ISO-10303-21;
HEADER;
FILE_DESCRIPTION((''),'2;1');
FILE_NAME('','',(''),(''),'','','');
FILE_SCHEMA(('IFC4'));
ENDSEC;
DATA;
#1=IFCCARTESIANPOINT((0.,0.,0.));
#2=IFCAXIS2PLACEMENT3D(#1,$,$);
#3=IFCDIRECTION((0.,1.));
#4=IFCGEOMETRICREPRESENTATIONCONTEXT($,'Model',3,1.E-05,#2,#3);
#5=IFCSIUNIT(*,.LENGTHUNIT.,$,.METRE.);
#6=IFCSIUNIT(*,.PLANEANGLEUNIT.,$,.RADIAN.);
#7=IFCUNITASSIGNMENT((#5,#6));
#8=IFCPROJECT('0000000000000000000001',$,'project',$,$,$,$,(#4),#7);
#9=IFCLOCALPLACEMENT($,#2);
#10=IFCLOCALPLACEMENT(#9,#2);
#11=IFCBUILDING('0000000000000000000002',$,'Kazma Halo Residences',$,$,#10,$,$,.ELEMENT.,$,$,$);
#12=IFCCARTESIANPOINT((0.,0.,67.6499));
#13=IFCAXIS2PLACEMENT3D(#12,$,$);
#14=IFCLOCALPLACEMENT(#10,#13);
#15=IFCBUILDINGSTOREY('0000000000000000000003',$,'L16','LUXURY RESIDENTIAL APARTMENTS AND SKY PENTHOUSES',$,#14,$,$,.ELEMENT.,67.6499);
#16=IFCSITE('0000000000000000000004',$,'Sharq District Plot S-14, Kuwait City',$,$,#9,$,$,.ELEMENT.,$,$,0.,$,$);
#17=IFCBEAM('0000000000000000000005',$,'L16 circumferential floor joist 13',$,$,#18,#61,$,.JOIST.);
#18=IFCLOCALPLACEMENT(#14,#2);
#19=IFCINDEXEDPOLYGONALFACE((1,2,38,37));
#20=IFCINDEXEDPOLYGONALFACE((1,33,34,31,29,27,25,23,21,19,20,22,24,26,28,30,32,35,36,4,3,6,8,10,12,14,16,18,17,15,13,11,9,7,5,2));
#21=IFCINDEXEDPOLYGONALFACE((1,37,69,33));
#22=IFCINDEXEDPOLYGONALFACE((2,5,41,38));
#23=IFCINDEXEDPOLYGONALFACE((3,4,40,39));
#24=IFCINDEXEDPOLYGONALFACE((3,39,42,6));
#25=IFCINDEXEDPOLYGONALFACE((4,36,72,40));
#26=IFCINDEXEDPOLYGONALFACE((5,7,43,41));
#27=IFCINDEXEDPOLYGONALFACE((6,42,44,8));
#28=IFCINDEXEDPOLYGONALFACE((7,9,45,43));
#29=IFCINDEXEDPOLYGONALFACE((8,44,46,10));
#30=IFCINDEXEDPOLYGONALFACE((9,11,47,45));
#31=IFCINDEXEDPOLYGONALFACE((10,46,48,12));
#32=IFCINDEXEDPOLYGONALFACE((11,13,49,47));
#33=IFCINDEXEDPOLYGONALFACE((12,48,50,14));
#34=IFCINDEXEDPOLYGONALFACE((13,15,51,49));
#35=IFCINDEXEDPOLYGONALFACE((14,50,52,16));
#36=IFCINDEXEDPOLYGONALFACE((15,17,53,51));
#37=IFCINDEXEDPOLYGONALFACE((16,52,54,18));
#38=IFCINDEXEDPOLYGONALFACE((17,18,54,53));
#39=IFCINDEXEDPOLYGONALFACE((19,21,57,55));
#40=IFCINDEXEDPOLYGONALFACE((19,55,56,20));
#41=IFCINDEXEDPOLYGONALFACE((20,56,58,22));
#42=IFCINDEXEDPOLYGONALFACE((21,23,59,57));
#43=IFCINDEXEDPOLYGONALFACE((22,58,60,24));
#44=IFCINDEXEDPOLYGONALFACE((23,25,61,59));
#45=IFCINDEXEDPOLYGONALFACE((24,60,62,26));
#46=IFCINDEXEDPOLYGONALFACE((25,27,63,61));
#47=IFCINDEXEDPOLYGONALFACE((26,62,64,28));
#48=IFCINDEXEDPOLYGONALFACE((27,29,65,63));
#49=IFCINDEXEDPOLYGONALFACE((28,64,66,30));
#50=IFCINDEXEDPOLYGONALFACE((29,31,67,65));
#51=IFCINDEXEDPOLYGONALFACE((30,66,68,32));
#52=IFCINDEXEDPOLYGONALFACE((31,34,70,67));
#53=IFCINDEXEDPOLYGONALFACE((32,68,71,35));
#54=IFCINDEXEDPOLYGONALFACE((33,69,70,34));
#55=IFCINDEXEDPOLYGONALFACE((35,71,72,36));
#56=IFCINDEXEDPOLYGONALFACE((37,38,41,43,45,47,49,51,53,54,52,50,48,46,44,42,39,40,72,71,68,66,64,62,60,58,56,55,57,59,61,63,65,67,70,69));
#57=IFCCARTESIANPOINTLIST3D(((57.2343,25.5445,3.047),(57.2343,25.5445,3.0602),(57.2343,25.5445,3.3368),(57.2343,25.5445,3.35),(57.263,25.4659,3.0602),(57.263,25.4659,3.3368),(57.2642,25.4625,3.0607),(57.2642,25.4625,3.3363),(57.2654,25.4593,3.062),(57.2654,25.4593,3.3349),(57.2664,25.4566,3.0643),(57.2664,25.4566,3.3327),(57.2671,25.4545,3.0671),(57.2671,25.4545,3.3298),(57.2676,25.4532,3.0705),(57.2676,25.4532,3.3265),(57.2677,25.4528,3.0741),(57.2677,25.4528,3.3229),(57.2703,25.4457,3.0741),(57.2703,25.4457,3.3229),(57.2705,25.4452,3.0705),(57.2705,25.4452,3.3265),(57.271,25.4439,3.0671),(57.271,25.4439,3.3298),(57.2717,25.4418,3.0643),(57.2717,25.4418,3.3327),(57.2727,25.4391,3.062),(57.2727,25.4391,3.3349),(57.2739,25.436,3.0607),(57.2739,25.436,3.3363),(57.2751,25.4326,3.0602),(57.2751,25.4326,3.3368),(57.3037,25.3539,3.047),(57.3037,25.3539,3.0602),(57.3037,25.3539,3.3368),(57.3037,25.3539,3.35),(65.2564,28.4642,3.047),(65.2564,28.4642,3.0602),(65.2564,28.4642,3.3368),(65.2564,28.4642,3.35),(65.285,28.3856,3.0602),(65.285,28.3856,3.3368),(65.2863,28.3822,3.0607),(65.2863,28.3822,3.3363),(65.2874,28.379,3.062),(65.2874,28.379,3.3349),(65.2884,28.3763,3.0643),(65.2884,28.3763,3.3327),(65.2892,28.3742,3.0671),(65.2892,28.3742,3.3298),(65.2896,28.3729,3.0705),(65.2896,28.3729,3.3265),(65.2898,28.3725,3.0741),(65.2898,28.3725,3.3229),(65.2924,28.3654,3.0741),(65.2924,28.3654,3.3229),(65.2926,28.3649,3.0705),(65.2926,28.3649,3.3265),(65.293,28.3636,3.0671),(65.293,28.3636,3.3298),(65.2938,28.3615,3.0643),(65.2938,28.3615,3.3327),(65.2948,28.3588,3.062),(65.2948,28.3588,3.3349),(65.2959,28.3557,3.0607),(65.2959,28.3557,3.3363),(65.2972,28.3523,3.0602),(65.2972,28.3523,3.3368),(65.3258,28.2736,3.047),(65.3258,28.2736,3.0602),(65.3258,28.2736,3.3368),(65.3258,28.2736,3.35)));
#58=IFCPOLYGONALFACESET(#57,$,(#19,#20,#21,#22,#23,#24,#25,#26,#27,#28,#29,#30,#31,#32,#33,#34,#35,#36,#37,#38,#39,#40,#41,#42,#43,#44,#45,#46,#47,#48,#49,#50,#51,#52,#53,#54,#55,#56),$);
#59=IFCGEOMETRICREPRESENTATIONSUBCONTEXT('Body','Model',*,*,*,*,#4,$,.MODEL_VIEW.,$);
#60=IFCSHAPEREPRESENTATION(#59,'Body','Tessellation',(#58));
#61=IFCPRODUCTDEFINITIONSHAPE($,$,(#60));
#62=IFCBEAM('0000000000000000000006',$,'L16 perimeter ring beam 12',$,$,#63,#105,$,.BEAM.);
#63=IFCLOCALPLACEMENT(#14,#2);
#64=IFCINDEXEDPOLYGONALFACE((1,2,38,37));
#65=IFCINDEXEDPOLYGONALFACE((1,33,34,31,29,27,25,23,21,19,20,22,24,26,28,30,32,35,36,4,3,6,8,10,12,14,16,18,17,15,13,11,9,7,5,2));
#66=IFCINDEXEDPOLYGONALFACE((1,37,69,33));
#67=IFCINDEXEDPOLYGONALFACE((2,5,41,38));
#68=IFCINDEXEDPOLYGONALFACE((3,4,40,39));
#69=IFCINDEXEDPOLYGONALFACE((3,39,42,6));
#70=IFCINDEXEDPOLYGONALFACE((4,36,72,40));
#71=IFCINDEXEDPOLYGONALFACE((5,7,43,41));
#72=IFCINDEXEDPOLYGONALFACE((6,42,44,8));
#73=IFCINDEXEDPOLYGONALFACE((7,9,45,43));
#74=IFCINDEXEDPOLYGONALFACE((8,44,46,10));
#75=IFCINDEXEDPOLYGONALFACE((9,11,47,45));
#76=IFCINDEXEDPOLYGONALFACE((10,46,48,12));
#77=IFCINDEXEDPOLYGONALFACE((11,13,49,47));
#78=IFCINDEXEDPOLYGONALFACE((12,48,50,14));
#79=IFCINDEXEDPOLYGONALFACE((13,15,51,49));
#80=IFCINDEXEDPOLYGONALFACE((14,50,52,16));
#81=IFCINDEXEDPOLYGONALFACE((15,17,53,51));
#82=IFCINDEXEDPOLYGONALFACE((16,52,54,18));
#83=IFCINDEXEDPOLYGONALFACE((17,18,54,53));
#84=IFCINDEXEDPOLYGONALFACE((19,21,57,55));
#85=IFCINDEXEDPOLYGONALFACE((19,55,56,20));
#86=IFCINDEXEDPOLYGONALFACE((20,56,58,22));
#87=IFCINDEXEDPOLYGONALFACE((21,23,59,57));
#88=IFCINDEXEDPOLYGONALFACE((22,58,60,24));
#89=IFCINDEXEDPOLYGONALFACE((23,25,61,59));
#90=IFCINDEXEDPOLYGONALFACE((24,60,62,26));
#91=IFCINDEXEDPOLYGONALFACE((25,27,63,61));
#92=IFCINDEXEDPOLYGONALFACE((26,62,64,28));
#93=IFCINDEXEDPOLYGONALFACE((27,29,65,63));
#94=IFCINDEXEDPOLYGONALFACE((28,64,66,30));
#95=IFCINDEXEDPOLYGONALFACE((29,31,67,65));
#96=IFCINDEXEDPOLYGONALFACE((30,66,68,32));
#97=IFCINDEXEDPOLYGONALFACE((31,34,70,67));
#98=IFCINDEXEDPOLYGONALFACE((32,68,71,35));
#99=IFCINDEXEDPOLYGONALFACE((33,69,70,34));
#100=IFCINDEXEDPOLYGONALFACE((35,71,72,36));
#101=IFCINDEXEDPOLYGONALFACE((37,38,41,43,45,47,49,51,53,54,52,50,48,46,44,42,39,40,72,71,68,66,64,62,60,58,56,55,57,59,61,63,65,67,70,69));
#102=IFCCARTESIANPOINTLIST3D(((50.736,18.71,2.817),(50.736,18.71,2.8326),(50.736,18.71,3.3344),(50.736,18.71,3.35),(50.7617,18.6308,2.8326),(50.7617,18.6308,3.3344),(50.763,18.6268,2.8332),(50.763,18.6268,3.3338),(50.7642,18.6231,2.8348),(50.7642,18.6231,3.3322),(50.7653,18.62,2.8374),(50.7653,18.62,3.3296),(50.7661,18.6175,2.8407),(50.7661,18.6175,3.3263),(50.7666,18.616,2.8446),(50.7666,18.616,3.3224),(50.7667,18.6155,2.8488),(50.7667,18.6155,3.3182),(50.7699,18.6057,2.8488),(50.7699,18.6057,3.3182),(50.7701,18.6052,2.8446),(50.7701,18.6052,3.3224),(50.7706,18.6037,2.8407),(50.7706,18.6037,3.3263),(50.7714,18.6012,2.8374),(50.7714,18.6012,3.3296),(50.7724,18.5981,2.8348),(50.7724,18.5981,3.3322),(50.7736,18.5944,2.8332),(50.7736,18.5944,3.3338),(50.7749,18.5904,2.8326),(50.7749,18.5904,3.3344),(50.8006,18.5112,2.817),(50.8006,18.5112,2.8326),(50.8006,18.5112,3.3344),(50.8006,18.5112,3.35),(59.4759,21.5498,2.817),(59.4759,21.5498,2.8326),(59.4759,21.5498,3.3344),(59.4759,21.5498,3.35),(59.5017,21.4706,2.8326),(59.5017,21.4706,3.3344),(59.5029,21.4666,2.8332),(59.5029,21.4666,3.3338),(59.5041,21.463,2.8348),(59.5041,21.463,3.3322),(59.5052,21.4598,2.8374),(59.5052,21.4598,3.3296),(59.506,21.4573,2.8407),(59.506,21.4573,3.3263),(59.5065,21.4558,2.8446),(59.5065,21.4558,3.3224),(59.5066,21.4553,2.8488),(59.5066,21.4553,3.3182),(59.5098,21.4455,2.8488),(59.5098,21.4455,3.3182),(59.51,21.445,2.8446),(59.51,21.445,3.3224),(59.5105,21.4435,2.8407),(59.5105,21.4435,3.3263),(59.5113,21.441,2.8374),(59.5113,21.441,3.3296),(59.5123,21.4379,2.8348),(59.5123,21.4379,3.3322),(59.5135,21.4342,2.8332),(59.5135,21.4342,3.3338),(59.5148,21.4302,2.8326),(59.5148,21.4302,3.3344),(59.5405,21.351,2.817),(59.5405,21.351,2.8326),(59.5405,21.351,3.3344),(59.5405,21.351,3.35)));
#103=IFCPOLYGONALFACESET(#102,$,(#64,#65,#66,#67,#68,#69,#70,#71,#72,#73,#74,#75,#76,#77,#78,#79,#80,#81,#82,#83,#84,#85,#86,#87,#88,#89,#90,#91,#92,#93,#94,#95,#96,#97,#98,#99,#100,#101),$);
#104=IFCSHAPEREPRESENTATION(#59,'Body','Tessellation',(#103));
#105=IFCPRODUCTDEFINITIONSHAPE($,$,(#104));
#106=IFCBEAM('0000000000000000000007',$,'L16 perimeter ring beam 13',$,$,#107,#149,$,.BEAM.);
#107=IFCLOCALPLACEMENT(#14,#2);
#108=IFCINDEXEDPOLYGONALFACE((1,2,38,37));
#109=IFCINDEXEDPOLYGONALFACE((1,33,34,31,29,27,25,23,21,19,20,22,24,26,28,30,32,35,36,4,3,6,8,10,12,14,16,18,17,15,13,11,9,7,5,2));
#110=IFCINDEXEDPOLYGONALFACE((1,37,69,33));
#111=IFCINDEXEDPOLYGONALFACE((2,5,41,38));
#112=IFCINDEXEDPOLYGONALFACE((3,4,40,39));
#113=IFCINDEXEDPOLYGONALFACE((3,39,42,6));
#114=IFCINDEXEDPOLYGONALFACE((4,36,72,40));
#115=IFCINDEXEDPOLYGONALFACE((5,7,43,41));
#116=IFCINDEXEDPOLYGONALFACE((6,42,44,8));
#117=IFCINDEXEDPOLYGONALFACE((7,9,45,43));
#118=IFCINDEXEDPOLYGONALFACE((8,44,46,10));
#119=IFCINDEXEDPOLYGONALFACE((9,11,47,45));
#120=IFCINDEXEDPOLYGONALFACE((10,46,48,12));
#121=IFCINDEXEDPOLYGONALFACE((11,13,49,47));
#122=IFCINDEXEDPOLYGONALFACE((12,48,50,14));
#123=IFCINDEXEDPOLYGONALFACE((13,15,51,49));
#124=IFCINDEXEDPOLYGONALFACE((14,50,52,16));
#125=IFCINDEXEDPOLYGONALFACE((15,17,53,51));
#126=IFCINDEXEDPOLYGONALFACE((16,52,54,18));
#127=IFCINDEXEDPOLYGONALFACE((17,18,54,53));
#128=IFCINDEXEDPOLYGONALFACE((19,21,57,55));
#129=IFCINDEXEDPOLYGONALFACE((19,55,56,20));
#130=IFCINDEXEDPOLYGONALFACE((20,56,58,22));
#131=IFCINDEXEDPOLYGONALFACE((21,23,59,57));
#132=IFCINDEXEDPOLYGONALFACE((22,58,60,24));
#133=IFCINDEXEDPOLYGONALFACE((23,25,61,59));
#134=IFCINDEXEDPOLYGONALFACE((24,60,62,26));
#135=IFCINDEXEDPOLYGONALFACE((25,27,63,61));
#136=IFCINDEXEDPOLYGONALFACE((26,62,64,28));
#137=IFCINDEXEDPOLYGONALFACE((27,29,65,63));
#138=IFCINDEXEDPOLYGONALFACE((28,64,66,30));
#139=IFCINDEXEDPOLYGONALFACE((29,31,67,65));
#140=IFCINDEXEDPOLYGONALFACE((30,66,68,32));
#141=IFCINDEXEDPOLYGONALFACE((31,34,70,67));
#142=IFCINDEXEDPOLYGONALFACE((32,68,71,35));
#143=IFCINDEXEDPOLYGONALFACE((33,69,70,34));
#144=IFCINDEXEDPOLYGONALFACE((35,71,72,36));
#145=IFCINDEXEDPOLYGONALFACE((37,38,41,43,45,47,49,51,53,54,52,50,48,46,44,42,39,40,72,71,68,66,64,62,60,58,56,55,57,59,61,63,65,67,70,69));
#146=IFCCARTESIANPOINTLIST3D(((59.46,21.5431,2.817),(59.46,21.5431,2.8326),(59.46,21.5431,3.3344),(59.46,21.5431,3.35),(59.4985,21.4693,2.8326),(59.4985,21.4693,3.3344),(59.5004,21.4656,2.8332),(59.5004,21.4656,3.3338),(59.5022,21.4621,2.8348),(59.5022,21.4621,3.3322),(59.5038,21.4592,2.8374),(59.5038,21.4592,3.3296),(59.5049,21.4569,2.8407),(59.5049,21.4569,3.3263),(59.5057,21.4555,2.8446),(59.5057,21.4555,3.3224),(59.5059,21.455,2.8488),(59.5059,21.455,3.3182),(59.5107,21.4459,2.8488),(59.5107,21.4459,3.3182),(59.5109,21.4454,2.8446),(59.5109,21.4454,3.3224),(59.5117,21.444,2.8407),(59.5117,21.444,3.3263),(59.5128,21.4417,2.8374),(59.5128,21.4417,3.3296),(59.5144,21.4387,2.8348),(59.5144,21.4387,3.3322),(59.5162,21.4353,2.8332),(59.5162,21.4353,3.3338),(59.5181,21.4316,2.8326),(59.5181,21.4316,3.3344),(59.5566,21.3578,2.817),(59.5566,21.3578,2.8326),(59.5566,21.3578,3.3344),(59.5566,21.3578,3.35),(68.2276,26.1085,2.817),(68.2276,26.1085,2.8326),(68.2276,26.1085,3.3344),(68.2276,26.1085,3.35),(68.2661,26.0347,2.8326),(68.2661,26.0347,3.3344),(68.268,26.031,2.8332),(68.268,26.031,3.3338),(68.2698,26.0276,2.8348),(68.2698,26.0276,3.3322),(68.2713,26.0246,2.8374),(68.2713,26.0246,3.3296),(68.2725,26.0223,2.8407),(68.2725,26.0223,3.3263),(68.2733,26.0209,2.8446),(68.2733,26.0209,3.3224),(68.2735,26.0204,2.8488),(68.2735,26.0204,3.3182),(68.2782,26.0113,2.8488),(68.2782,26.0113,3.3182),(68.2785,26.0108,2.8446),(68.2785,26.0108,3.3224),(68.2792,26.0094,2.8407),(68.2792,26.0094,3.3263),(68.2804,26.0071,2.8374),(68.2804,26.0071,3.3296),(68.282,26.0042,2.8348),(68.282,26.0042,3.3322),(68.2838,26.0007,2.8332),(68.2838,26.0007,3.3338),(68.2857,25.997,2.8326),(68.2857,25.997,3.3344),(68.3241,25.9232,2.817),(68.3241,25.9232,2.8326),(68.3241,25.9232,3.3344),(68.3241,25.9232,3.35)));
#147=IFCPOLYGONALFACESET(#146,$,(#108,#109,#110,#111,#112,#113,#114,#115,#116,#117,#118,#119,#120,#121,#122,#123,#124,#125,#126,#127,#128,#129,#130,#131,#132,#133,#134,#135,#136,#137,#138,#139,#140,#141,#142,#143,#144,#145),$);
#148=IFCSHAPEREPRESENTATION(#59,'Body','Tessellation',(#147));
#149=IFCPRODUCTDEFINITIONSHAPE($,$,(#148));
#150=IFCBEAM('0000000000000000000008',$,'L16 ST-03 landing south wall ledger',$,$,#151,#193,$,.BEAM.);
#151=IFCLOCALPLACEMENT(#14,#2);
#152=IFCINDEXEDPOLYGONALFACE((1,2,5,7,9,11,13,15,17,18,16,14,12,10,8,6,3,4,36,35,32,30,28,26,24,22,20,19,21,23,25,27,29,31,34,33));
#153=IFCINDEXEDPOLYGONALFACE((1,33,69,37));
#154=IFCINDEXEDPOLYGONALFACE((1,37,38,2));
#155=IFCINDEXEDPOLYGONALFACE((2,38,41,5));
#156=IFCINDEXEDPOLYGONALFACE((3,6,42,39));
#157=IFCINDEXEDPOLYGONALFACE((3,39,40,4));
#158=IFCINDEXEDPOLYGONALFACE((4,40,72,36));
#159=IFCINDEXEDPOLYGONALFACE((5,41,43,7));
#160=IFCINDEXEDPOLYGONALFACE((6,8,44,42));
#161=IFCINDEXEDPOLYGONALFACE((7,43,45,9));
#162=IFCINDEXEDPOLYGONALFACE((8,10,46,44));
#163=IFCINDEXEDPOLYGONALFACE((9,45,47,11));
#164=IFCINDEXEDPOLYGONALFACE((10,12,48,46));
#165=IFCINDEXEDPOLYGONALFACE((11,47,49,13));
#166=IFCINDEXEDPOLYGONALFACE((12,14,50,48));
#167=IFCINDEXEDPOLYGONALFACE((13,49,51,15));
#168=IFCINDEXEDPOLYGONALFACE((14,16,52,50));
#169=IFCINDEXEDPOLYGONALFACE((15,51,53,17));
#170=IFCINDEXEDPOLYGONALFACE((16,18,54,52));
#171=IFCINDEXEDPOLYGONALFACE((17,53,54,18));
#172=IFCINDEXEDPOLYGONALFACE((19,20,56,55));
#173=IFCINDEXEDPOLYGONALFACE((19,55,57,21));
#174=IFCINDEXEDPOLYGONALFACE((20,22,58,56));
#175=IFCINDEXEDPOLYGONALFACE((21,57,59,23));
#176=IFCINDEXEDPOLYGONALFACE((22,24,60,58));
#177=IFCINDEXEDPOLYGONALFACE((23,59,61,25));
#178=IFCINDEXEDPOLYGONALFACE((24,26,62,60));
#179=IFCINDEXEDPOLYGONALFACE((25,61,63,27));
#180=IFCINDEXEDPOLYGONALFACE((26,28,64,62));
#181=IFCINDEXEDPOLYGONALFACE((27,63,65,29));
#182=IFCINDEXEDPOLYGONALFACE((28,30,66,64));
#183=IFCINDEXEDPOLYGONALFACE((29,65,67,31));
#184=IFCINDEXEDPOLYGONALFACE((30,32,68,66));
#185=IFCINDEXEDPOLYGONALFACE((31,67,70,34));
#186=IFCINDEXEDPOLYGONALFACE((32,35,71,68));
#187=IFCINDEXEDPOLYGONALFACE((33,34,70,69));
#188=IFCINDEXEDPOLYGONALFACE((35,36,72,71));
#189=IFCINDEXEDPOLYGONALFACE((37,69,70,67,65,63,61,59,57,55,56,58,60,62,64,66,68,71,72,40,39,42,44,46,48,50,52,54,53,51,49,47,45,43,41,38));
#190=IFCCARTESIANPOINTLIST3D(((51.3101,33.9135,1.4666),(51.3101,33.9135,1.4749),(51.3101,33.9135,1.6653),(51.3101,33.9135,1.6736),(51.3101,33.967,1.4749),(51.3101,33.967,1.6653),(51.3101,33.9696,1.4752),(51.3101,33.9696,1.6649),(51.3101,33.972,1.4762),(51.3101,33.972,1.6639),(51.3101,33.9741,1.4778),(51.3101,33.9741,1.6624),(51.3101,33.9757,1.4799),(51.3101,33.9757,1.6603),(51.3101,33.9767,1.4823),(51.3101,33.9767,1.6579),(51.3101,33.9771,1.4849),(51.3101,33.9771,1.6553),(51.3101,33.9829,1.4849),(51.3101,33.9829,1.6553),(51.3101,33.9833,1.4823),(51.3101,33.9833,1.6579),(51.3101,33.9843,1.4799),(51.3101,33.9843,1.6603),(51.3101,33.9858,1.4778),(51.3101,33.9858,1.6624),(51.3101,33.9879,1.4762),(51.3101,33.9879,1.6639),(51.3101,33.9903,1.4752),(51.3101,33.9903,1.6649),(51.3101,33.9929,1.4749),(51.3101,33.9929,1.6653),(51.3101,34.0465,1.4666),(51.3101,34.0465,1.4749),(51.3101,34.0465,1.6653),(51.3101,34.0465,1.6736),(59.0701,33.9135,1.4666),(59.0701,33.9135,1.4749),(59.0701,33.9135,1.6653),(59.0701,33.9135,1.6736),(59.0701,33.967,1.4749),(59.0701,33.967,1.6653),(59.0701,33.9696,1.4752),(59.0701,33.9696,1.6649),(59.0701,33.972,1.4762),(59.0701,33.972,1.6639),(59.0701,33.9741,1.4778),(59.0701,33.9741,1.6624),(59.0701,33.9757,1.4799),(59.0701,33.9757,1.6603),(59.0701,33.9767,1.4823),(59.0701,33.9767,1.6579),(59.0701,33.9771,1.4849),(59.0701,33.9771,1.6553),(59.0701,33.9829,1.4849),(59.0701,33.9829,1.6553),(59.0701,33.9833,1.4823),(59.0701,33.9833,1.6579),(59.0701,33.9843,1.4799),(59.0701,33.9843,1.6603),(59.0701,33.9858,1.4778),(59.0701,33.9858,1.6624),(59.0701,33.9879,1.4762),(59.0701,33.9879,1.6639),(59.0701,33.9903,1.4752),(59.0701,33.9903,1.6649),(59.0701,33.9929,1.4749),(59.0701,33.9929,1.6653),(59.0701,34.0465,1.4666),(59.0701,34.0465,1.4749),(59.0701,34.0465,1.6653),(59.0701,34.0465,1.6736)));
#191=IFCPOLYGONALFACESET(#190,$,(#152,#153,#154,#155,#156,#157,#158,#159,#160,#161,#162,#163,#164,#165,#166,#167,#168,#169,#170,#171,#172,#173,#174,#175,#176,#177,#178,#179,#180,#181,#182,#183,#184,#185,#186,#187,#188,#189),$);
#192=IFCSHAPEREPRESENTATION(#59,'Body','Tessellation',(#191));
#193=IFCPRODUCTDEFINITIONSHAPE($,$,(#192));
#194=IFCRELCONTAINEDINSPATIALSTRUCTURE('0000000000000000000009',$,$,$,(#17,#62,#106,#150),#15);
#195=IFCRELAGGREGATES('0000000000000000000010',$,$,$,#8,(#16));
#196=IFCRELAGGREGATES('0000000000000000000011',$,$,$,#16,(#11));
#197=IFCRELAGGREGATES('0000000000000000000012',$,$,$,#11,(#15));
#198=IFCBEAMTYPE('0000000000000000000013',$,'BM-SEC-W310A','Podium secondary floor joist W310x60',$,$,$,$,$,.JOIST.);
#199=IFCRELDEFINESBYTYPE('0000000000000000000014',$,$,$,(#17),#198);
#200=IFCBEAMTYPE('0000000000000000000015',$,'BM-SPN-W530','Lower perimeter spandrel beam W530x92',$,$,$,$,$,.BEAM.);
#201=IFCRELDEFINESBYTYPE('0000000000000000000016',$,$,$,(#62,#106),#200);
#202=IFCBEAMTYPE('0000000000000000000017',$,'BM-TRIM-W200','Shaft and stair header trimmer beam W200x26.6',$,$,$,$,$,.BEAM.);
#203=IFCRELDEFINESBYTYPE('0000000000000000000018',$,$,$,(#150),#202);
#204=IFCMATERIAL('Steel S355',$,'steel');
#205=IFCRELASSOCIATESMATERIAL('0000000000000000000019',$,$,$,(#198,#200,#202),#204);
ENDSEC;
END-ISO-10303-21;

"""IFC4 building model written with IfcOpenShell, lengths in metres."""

from ifc_helpers import new_model, si_unit, direction, frame, origin, origin_2d, place, context, subcontext, project, spatial, i_section, extrude, material, material_profile, profile_set, type_object, element, save


model = new_model("IFC4")

# Units and contexts
model_context = context("Model", 3, precision=1e-05, world=origin(), true_north=direction((0.0, 1.0)))
body_context = subcontext(model_context, "Body", "Model", "MODEL_VIEW")
ifc_project = project(units=[si_unit("LENGTHUNIT", "METRE"), si_unit("PLANEANGLEUNIT", "RADIAN")], contexts=[model_context])

# Site, building, storey
site_placement = place(None, origin())
site = spatial("IfcSite", under=ifc_project, at=site_placement, Name="Sharq District Plot S-14, Kuwait City", CompositionType="ELEMENT", RefElevation=0.0)
building_placement = place(site_placement, origin())
building = spatial("IfcBuilding", under=site, at=building_placement, Name="Kazma Halo Residences", CompositionType="ELEMENT")
storey_placement = place(building_placement, frame((0.0, 0.0, 67.6499)))
storey = spatial("IfcBuildingStorey", under=building, at=storey_placement, Name="L16", Description="LUXURY RESIDENTIAL APARTMENTS AND SKY PENTHOUSES", CompositionType="ELEMENT", Elevation=67.6499)

# Beams
ifc_material_1 = material(Name="Steel S355", Category="steel")
ifc_material_profile_1 = material_profile(ifc_material_1, i_section(OverallWidth=0.2029, OverallDepth=0.303, WebThickness=0.0076, FlangeThickness=0.0132, FilletRadius=0.0139, at=origin_2d()), Name="W310x60")
ifc_profile_set_1 = profile_set([ifc_material_profile_1], Name="Steel S355")
beam_type_1 = type_object("IfcBeamType", Name="BM-SEC-W310A", Description="Podium secondary floor joist W310x60", PredefinedType="JOIST", material=ifc_profile_set_1)
beam_1_placement = place(storey_placement, frame((57.269, 25.4492, 3.1985), z_axis=(0.939696, 0.342012, 0.0), x_axis=(-0.342012, 0.939696, 0.0)))
element("IfcBeam", 1, at=beam_1_placement, inside=storey, type_object=beam_type_1, Name="L16 circumferential floor joist 13", PredefinedType="JOIST", context=body_context, shape_type="SweptSolid", body=[
    extrude(i_section(OverallWidth=0.2029, OverallDepth=0.303, WebThickness=0.0076, FlangeThickness=0.0132, FilletRadius=0.0139, at=origin_2d()), origin(), (0.0, 0.0, 1.0), 8.5369),
])
ifc_material_profile_2 = material_profile(ifc_material_1, i_section(OverallWidth=0.209, OverallDepth=0.533, WebThickness=0.0103, FlangeThickness=0.0156, FilletRadius=0.0161, at=origin_2d()), Name="W530x92")
ifc_profile_set_2 = profile_set([ifc_material_profile_2], Name="Steel S355")
beam_type_2 = type_object("IfcBeamType", Name="BM-SPN-W530", Description="Lower perimeter spandrel beam W530x92", PredefinedType="BEAM", material=ifc_profile_set_2)
beam_2_placement = place(storey_placement, frame((50.7683, 18.6106, 3.0835), z_axis=(0.951055, 0.309022, 0.0), x_axis=(-0.309022, 0.951055, 0.0)))
element("IfcBeam", 2, at=beam_2_placement, inside=storey, type_object=beam_type_2, Name="L16 perimeter ring beam 12", PredefinedType="BEAM", context=body_context, shape_type="SweptSolid", body=[
    extrude(i_section(OverallWidth=0.209, OverallDepth=0.533, WebThickness=0.0103, FlangeThickness=0.0156, FilletRadius=0.0161, at=origin_2d()), origin(), (0.0, 0.0, 1.0), 9.1897),
])
beam_3_placement = place(storey_placement, frame((59.5083, 21.4504, 3.0835), z_axis=(0.886956, 0.461853, 0.0), x_axis=(-0.461853, 0.886956, 0.0)))
element("IfcBeam", 3, at=beam_3_placement, inside=storey, type_object=beam_type_2, Name="L16 perimeter ring beam 13", PredefinedType="BEAM", context=body_context, shape_type="SweptSolid", body=[
    extrude(i_section(OverallWidth=0.209, OverallDepth=0.533, WebThickness=0.0103, FlangeThickness=0.0156, FilletRadius=0.0161, at=origin_2d()), origin(), (0.0, 0.0, 1.0), 9.885),
])
ifc_material_profile_3 = material_profile(ifc_material_1, i_section(OverallWidth=0.1331, OverallDepth=0.207, WebThickness=0.0059, FlangeThickness=0.0083, FilletRadius=0.01, at=origin_2d()), Name="W200x26.6")
ifc_profile_set_3 = profile_set([ifc_material_profile_3], Name="Steel S355")
beam_type_3 = type_object("IfcBeamType", Name="BM-TRIM-W200", Description="Shaft and stair header trimmer beam W200x26.6", PredefinedType="BEAM", material=ifc_profile_set_3)
beam_4_placement = place(storey_placement, frame((51.3101, 33.98, 1.5701), z_axis=(1.0, 0.0, 0.0), x_axis=(0.0, 1.0, 0.0)))
element("IfcBeam", 4, at=beam_4_placement, inside=storey, type_object=beam_type_3, Name="L16 ST-03 landing south wall ledger", PredefinedType="BEAM", context=body_context, shape_type="SweptSolid", body=[
    extrude(i_section(OverallWidth=0.1331, OverallDepth=0.207, WebThickness=0.0059, FlangeThickness=0.0083, FilletRadius=0.01, at=origin_2d()), origin(), (0.0, 0.0, 1.0), 7.76),
])

save(model, "model.ifc")
